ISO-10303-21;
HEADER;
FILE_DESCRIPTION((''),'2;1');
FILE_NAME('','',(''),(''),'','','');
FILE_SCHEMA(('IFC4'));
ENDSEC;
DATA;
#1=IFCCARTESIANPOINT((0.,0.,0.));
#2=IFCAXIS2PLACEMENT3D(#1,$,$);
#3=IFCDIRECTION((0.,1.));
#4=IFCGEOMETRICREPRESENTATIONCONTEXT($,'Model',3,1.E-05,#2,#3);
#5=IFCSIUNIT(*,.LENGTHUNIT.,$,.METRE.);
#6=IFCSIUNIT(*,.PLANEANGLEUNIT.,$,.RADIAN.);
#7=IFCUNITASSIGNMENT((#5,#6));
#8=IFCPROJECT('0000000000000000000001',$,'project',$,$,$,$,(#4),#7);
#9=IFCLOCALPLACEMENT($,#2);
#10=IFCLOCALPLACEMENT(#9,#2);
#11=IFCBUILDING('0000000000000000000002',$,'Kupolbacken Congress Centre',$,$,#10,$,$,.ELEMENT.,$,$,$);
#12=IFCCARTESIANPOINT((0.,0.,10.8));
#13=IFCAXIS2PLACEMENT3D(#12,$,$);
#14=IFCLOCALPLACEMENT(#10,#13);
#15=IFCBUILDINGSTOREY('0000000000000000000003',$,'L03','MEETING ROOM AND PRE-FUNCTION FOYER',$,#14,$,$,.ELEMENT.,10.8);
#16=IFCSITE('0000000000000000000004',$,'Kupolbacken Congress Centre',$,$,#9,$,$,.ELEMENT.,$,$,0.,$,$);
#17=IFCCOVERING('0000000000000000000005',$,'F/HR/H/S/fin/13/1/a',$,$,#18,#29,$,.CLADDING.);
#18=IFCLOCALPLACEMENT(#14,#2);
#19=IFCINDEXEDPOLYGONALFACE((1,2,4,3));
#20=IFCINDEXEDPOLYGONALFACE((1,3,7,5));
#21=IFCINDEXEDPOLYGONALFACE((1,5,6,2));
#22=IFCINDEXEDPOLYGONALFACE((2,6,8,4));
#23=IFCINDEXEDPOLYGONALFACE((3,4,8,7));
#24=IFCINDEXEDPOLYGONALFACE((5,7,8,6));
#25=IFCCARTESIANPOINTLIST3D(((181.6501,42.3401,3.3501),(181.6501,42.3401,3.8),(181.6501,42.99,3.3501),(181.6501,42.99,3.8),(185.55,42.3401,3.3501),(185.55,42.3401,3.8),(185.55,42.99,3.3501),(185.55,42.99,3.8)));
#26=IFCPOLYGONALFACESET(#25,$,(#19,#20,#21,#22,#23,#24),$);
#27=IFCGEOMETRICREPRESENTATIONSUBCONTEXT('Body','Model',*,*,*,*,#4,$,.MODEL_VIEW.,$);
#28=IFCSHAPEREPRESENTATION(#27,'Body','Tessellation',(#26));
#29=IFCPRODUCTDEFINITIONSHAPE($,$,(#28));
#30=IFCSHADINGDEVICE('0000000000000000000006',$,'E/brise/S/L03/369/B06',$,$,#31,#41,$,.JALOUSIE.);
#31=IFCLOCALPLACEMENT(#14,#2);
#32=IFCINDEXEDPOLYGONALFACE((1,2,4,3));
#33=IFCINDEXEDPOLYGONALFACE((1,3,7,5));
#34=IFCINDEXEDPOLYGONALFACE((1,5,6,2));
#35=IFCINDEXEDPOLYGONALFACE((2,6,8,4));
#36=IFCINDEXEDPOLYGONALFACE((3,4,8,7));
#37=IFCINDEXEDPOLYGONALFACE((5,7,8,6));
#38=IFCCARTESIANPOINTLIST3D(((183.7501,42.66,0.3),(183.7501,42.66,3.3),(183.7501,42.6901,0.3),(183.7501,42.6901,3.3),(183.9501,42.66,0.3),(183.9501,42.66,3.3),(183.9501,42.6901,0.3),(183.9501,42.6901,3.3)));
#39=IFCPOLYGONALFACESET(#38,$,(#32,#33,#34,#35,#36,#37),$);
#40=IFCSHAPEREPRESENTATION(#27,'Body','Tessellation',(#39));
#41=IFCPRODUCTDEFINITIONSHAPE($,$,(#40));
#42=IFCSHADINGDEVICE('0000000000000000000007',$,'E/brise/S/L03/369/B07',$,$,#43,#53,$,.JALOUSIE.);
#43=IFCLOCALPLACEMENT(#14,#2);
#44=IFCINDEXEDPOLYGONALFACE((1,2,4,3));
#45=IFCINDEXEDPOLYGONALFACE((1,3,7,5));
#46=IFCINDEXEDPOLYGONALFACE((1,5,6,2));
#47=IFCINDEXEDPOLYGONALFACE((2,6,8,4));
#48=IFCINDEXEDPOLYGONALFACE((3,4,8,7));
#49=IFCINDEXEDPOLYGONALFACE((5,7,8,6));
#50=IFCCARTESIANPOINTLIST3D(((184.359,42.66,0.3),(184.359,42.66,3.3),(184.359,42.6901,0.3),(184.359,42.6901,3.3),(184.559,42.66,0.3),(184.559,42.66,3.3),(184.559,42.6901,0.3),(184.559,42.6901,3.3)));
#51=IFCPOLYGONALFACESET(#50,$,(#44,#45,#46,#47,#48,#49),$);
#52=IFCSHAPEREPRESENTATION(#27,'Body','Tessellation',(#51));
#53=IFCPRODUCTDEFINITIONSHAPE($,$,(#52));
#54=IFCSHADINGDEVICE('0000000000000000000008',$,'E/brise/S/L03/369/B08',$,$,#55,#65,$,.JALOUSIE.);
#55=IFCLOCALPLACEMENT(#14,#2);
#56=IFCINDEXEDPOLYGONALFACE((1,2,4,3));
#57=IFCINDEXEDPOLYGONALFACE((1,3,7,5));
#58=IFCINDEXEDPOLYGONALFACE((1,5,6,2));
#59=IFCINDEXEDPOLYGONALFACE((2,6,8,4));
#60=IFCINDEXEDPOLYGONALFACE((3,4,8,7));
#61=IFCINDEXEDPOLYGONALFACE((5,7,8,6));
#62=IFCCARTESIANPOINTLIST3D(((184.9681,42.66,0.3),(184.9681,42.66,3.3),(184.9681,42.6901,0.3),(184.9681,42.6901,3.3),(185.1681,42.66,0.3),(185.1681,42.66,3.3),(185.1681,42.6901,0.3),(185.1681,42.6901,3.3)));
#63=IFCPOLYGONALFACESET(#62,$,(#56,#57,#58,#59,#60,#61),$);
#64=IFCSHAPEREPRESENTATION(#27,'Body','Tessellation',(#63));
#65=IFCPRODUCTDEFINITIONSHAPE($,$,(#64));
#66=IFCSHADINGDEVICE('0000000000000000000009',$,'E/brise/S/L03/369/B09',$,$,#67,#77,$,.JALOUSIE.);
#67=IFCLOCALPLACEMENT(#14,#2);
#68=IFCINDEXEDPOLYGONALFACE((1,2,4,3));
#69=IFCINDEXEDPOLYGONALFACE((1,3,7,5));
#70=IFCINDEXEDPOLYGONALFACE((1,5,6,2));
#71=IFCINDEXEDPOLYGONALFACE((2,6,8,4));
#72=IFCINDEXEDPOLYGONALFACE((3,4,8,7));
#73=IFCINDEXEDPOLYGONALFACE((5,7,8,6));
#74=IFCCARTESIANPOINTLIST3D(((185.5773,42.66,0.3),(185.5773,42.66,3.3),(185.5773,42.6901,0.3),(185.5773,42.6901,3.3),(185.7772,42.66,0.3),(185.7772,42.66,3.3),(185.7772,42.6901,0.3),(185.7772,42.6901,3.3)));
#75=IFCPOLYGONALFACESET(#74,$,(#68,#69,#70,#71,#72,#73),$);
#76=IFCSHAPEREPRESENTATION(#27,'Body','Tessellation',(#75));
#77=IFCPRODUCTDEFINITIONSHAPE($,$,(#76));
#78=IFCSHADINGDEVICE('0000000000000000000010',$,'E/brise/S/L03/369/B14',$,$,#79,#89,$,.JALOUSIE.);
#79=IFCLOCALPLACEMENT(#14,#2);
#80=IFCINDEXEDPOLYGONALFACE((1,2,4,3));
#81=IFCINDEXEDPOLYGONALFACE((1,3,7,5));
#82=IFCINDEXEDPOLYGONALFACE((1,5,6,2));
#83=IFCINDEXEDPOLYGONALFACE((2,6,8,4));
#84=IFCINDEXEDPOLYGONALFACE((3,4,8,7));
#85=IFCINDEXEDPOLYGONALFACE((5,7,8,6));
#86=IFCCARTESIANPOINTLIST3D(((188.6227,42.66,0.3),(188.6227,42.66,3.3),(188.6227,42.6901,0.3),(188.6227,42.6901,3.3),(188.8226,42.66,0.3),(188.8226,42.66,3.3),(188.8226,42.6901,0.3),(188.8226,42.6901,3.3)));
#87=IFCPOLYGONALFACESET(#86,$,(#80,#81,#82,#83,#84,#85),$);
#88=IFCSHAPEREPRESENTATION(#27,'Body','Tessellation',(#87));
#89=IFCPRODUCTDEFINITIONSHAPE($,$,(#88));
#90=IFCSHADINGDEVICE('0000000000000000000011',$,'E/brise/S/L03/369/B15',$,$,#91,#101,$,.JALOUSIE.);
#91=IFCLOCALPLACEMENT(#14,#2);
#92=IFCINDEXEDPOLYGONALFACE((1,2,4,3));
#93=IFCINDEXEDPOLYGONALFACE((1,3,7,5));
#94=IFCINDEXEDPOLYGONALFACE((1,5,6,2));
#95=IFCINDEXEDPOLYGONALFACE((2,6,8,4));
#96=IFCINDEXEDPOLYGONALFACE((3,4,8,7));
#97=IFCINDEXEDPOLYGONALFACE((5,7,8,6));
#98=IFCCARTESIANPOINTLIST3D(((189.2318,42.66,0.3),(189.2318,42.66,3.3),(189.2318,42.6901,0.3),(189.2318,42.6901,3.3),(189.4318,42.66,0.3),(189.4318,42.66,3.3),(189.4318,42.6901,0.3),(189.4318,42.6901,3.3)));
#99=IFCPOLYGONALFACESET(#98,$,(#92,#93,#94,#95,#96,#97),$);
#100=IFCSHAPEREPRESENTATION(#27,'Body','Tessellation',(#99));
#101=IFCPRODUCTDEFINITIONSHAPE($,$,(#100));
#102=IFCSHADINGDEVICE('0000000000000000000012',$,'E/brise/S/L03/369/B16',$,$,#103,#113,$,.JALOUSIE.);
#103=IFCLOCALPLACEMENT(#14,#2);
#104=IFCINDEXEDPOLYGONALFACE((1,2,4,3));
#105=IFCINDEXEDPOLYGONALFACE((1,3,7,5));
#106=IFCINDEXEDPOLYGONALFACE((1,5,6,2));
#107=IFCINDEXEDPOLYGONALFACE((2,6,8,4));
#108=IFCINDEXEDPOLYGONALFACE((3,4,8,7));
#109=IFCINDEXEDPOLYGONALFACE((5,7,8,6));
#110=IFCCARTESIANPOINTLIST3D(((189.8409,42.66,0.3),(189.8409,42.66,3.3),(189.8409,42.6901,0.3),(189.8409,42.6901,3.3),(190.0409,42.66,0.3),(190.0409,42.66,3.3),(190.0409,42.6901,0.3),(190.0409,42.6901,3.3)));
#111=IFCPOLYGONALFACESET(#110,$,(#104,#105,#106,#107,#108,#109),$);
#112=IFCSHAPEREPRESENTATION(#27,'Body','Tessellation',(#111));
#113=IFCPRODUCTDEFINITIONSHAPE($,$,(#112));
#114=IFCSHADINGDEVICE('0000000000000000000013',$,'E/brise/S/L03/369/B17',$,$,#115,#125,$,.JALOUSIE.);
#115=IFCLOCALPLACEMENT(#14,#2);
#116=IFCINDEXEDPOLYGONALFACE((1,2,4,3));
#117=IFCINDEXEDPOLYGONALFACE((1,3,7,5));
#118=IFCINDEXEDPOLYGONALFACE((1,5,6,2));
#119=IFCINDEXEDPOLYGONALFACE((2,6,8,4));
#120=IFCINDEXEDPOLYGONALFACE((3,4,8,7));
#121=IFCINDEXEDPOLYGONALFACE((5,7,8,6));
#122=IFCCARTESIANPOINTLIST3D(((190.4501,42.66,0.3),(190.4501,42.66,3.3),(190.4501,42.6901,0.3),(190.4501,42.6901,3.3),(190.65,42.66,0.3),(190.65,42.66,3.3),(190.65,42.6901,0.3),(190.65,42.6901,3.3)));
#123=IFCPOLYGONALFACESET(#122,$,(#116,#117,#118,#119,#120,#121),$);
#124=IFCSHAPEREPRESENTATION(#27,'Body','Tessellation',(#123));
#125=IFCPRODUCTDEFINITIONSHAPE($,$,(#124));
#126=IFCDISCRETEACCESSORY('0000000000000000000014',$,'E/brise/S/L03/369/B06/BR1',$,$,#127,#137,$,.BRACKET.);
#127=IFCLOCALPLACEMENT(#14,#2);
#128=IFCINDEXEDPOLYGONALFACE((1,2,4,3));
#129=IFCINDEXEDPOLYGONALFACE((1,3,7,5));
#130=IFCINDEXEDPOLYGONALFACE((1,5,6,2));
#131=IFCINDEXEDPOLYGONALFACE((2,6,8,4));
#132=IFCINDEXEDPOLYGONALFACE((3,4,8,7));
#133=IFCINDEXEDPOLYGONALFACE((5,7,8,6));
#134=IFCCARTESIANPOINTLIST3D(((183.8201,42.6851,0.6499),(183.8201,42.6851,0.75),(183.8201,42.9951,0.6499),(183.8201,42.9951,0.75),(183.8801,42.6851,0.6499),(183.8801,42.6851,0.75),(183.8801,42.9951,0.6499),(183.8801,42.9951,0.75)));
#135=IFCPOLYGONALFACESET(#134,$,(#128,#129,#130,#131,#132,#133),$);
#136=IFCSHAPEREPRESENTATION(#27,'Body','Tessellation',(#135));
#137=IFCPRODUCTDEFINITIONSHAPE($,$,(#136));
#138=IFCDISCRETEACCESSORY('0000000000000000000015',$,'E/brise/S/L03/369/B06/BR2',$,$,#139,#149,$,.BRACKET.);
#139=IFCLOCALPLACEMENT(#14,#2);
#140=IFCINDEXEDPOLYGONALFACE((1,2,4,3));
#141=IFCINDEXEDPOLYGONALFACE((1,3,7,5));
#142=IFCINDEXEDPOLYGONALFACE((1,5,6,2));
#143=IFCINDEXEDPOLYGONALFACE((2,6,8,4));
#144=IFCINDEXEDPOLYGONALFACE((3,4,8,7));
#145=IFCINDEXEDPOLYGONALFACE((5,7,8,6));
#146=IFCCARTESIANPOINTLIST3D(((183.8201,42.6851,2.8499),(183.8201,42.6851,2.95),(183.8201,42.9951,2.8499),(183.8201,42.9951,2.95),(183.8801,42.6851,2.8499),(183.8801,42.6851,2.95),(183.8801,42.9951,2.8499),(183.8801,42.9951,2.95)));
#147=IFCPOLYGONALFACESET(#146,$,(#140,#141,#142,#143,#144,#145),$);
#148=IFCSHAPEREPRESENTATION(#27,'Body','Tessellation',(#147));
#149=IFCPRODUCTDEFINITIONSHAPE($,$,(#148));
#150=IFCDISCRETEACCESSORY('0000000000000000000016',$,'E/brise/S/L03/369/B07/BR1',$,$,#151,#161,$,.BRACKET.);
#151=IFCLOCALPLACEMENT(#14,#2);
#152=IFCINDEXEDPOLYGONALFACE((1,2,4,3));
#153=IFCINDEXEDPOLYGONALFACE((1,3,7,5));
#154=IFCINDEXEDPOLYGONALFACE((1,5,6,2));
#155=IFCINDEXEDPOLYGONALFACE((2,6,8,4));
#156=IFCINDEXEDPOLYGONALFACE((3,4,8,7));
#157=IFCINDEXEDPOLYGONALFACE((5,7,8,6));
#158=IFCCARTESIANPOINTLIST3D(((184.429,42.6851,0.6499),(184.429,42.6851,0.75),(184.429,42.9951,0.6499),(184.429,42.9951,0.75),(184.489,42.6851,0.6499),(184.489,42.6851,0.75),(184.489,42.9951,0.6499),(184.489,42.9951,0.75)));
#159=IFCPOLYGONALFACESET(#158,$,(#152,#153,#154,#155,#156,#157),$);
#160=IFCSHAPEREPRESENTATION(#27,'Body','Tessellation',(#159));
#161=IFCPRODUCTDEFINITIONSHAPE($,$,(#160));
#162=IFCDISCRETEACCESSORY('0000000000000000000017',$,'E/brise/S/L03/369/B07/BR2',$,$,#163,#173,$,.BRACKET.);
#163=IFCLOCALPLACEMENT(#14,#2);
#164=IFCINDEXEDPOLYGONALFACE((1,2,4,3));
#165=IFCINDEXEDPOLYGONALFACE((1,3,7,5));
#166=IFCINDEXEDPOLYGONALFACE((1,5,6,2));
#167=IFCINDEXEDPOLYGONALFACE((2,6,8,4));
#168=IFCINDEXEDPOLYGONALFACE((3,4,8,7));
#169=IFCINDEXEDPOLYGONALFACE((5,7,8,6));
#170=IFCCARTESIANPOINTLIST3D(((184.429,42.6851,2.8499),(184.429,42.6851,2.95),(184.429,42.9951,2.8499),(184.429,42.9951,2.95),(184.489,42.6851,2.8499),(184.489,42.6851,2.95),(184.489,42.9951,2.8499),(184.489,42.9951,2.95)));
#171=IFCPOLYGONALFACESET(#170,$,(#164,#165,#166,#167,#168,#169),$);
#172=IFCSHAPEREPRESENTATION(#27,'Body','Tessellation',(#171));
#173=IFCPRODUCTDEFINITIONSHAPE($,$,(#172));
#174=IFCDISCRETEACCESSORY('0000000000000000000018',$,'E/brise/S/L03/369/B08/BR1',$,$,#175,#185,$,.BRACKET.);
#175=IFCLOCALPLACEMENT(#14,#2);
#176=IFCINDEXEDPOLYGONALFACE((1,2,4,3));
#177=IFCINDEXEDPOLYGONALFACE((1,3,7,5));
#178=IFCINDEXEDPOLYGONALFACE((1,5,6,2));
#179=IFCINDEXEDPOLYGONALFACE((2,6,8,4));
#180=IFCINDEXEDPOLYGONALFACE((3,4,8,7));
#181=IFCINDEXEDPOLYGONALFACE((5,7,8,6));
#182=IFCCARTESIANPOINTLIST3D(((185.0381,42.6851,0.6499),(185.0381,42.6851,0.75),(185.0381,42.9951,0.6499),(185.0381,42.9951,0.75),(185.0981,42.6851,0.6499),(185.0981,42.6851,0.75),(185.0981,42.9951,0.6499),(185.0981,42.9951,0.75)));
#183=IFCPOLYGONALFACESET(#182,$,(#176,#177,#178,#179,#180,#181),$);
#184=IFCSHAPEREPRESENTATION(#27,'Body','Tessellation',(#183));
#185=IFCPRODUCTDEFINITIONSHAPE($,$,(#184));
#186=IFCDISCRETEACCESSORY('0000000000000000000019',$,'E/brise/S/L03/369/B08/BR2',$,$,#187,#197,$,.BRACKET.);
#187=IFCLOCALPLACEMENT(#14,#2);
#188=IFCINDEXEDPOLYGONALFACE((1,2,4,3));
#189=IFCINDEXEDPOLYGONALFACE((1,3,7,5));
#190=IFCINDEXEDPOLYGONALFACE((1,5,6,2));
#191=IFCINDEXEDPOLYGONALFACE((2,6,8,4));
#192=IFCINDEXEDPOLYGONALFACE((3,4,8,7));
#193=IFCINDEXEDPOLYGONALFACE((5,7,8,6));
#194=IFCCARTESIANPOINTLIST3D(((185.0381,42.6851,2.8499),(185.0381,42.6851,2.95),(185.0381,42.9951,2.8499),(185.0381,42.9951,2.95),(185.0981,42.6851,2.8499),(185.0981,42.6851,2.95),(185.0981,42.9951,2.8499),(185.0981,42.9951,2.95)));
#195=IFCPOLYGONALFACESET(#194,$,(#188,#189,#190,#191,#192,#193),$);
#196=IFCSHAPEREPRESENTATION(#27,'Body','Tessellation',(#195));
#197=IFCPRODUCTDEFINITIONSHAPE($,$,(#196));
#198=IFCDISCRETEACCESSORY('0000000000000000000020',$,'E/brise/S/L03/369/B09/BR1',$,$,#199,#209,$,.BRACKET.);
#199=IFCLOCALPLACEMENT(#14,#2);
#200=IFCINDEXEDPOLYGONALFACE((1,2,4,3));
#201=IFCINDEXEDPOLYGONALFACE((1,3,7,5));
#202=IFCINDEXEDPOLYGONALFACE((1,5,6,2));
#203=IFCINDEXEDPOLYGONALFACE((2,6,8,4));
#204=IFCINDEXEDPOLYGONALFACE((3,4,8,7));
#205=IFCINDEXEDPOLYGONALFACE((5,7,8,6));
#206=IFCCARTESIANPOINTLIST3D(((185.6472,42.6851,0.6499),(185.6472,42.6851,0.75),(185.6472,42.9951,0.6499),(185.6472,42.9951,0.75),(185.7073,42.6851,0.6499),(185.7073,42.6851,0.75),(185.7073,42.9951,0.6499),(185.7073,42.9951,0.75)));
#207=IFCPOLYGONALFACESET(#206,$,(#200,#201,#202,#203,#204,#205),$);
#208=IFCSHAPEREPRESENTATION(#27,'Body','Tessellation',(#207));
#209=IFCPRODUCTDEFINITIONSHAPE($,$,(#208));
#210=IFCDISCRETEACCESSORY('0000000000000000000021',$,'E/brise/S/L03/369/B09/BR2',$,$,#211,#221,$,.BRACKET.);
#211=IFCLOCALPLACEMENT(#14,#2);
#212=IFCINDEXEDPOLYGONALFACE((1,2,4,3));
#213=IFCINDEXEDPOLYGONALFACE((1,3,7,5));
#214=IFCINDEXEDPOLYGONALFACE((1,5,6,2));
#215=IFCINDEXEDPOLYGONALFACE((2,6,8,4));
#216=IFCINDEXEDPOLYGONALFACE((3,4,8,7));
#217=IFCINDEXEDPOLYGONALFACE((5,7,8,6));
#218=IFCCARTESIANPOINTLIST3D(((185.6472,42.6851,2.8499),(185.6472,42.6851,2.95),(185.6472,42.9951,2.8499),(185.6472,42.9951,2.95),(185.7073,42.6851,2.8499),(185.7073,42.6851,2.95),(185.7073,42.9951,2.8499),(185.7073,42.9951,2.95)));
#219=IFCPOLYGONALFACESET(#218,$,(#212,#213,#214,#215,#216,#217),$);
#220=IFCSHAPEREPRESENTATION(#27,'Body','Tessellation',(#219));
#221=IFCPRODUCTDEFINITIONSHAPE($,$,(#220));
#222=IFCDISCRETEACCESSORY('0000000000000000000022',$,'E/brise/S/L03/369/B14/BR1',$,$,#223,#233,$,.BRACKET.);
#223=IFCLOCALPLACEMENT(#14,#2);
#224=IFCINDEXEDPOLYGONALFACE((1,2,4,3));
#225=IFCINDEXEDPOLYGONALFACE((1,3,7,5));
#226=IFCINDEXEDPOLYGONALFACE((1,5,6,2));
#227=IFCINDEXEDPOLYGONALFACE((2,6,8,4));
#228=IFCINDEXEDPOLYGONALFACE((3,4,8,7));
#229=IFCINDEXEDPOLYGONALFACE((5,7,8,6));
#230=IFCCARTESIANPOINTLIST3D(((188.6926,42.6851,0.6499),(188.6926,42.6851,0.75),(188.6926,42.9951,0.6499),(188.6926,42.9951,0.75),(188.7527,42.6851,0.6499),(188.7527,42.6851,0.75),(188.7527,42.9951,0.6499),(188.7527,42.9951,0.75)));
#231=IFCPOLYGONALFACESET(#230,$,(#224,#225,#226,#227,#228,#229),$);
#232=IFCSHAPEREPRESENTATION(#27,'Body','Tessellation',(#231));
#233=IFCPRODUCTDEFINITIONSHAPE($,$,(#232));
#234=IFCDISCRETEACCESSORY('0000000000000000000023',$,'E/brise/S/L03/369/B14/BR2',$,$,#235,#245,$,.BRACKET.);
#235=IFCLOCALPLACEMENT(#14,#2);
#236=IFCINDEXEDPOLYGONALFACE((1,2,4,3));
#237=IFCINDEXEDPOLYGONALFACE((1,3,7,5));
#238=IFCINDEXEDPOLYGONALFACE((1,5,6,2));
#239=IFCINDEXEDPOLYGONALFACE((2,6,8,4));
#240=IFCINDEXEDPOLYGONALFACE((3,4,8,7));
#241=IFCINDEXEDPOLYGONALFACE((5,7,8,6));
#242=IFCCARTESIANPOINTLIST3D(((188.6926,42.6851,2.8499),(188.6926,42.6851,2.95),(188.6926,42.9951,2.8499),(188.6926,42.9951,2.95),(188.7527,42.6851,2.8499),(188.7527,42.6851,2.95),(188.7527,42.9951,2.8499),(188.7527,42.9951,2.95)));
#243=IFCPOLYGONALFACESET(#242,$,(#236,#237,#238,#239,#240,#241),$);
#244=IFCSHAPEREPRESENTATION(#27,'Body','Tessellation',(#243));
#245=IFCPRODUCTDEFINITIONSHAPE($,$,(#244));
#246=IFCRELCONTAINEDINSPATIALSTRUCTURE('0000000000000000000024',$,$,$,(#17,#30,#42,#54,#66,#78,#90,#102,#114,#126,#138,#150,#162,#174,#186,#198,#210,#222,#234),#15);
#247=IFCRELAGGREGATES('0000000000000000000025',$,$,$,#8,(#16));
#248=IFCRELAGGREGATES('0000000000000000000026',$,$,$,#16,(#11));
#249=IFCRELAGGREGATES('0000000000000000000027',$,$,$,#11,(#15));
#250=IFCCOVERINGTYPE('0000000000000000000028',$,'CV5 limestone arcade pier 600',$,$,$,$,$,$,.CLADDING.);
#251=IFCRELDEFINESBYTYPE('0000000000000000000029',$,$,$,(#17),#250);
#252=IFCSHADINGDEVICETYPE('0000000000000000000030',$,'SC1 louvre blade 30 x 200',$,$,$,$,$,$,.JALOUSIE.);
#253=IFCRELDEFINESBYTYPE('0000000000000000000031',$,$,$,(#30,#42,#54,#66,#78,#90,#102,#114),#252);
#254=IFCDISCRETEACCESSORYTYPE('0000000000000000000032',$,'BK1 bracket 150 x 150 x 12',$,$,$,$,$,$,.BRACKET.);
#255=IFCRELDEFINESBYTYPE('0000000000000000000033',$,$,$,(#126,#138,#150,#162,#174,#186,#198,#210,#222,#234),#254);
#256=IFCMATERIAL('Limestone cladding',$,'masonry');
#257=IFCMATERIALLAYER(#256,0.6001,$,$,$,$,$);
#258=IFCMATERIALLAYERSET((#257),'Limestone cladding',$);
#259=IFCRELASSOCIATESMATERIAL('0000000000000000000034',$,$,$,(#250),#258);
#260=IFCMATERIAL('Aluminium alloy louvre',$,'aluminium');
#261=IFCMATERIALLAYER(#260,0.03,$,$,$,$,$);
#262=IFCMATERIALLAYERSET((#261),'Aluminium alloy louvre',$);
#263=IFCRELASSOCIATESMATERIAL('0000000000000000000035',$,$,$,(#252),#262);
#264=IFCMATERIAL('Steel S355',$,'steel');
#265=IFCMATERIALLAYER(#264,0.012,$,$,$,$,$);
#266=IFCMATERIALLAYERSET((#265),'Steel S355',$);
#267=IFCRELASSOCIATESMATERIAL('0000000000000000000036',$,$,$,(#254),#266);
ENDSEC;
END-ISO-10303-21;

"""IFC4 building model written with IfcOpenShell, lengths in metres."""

from ifc_helpers import new_model, si_unit, direction, frame, origin, origin_2d, place, context, subcontext, project, spatial, rectangle, extrude, material, layer, layer_set, type_object, element, save


model = new_model("IFC4")

# Units and contexts
model_context = context("Model", 3, precision=1e-05, world=origin(), true_north=direction((0.0, 1.0)))
body_context = subcontext(model_context, "Body", "Model", "MODEL_VIEW")
ifc_project = project(units=[si_unit("LENGTHUNIT", "METRE"), si_unit("PLANEANGLEUNIT", "RADIAN")], contexts=[model_context])

# Site, building, storey
site_placement = place(None, origin())
site = spatial("IfcSite", under=ifc_project, at=site_placement, Name="Kupolbacken Congress Centre", CompositionType="ELEMENT", RefElevation=0.0)
building_placement = place(site_placement, origin())
building = spatial("IfcBuilding", under=site, at=building_placement, Name="Kupolbacken Congress Centre", CompositionType="ELEMENT")
storey_placement = place(building_placement, frame((0.0, 0.0, 10.8)))
storey = spatial("IfcBuildingStorey", under=building, at=storey_placement, Name="L03", Description="MEETING ROOM AND PRE-FUNCTION FOYER", CompositionType="ELEMENT", Elevation=10.8)

# Covering
ifc_material_1 = material(Name="Limestone cladding", Category="masonry")
ifc_layer_1 = layer(ifc_material_1, 0.6001)
ifc_layer_set_1 = layer_set([ifc_layer_1], Name="Limestone cladding")
covering_type = type_object("IfcCoveringType", Name="CV5 limestone arcade pier 600", PredefinedType="CLADDING", material=ifc_layer_set_1)
covering_placement = place(storey_placement, frame((183.6001, 42.665, 3.3501), z_axis=(0.0, 0.0, 1.0), x_axis=(1.0, 0.0, 0.0)))
element("IfcCovering", 1, at=covering_placement, inside=storey, type_object=covering_type, Name="F/HR/H/S/fin/13/1/a", PredefinedType="CLADDING", context=body_context, shape_type="SweptSolid", body=[
    extrude(rectangle(XDim=3.8999, YDim=0.6499, at=origin_2d()), origin(), (0.0, 0.0, 1.0), 0.45),
])

# Shading devices
ifc_material_2 = material(Name="Aluminium alloy louvre", Category="aluminium")
ifc_layer_2 = layer(ifc_material_2, 0.03)
ifc_layer_set_2 = layer_set([ifc_layer_2], Name="Aluminium alloy louvre")
shading_device_type = type_object("IfcShadingDeviceType", Name="SC1 louvre blade 30 x 200", PredefinedType="JALOUSIE", material=ifc_layer_set_2)
for number, where, z_axis, x_axis, name in (
    (2, (183.8501, 42.675, 0.3), (0.0, 0.0, 1.0), (1.0, 0.0, 0.0), "E/brise/S/L03/369/B06"),
    (3, (184.459, 42.675, 0.3), (0.0, 0.0, 1.0), (1.0, 0.0, 0.0), "E/brise/S/L03/369/B07"),
    (4, (185.0681, 42.675, 0.3), (0.0, 0.0, 1.0), (1.0, 0.0, 0.0), "E/brise/S/L03/369/B08"),
    (5, (185.6772, 42.675, 0.3), (0.0, 0.0, 1.0), (1.0, 0.0, 0.0), "E/brise/S/L03/369/B09"),
    (6, (188.7227, 42.675, 0.3), (0.0, 0.0, 1.0), (1.0, 0.0, 0.0), "E/brise/S/L03/369/B14"),
    (7, (189.3318, 42.675, 0.3), (0.0, 0.0, 1.0), (1.0, 0.0, 0.0), "E/brise/S/L03/369/B15"),
    (8, (189.9409, 42.675, 0.3), (0.0, 0.0, 1.0), (1.0, 0.0, 0.0), "E/brise/S/L03/369/B16"),
    (9, (190.55, 42.675, 0.3), (0.0, 0.0, 1.0), (1.0, 0.0, 0.0), "E/brise/S/L03/369/B17"),
):
    element("IfcShadingDevice", number, at=place(storey_placement, frame(where, z_axis=z_axis, x_axis=x_axis)), inside=storey, type_object=shading_device_type, Name=name, PredefinedType="JALOUSIE", context=body_context, shape_type="SweptSolid", body=[
        extrude(rectangle(XDim=0.2, YDim=0.03, at=origin_2d()), origin(), (0.0, 0.0, 1.0), 3.0),
    ])

# Discrete accessories
ifc_material_3 = material(Name="Steel S355", Category="steel")
ifc_layer_3 = layer(ifc_material_3, 0.012)
ifc_layer_set_3 = layer_set([ifc_layer_3], Name="Steel S355")
discrete_accessory_type = type_object("IfcDiscreteAccessoryType", Name="BK1 bracket 150 x 150 x 12", PredefinedType="BRACKET", material=ifc_layer_set_3)
for number, where, z_axis, x_axis, name in (
    (10, (183.8501, 42.8401, 0.6499), (0.0, 0.0, 1.0), (1.0, 0.0, 0.0), "E/brise/S/L03/369/B06/BR1"),
    (11, (183.8501, 42.8401, 2.8499), (0.0, 0.0, 1.0), (1.0, 0.0, 0.0), "E/brise/S/L03/369/B06/BR2"),
    (12, (184.459, 42.8401, 0.6499), (0.0, 0.0, 1.0), (1.0, 0.0, 0.0), "E/brise/S/L03/369/B07/BR1"),
    (13, (184.459, 42.8401, 2.8499), (0.0, 0.0, 1.0), (1.0, 0.0, 0.0), "E/brise/S/L03/369/B07/BR2"),
    (14, (185.0681, 42.8401, 0.6499), (0.0, 0.0, 1.0), (1.0, 0.0, 0.0), "E/brise/S/L03/369/B08/BR1"),
    (15, (185.0681, 42.8401, 2.8499), (0.0, 0.0, 1.0), (1.0, 0.0, 0.0), "E/brise/S/L03/369/B08/BR2"),
    (16, (185.6772, 42.8401, 0.6499), (0.0, 0.0, 1.0), (1.0, 0.0, 0.0), "E/brise/S/L03/369/B09/BR1"),
    (17, (185.6772, 42.8401, 2.8499), (0.0, 0.0, 1.0), (1.0, 0.0, 0.0), "E/brise/S/L03/369/B09/BR2"),
    (18, (188.7227, 42.8401, 0.6499), (0.0, 0.0, 1.0), (1.0, 0.0, 0.0), "E/brise/S/L03/369/B14/BR1"),
    (19, (188.7227, 42.8401, 2.8499), (0.0, 0.0, 1.0), (1.0, 0.0, 0.0), "E/brise/S/L03/369/B14/BR2"),
):
    element("IfcDiscreteAccessory", number, at=place(storey_placement, frame(where, z_axis=z_axis, x_axis=x_axis)), inside=storey, type_object=discrete_accessory_type, Name=name, PredefinedType="BRACKET", context=body_context, shape_type="SweptSolid", body=[
        extrude(rectangle(XDim=0.0601, YDim=0.3101, at=origin_2d()), origin(), (0.0, 0.0, 1.0), 0.1001),
    ])

save(model, "model.ifc")
